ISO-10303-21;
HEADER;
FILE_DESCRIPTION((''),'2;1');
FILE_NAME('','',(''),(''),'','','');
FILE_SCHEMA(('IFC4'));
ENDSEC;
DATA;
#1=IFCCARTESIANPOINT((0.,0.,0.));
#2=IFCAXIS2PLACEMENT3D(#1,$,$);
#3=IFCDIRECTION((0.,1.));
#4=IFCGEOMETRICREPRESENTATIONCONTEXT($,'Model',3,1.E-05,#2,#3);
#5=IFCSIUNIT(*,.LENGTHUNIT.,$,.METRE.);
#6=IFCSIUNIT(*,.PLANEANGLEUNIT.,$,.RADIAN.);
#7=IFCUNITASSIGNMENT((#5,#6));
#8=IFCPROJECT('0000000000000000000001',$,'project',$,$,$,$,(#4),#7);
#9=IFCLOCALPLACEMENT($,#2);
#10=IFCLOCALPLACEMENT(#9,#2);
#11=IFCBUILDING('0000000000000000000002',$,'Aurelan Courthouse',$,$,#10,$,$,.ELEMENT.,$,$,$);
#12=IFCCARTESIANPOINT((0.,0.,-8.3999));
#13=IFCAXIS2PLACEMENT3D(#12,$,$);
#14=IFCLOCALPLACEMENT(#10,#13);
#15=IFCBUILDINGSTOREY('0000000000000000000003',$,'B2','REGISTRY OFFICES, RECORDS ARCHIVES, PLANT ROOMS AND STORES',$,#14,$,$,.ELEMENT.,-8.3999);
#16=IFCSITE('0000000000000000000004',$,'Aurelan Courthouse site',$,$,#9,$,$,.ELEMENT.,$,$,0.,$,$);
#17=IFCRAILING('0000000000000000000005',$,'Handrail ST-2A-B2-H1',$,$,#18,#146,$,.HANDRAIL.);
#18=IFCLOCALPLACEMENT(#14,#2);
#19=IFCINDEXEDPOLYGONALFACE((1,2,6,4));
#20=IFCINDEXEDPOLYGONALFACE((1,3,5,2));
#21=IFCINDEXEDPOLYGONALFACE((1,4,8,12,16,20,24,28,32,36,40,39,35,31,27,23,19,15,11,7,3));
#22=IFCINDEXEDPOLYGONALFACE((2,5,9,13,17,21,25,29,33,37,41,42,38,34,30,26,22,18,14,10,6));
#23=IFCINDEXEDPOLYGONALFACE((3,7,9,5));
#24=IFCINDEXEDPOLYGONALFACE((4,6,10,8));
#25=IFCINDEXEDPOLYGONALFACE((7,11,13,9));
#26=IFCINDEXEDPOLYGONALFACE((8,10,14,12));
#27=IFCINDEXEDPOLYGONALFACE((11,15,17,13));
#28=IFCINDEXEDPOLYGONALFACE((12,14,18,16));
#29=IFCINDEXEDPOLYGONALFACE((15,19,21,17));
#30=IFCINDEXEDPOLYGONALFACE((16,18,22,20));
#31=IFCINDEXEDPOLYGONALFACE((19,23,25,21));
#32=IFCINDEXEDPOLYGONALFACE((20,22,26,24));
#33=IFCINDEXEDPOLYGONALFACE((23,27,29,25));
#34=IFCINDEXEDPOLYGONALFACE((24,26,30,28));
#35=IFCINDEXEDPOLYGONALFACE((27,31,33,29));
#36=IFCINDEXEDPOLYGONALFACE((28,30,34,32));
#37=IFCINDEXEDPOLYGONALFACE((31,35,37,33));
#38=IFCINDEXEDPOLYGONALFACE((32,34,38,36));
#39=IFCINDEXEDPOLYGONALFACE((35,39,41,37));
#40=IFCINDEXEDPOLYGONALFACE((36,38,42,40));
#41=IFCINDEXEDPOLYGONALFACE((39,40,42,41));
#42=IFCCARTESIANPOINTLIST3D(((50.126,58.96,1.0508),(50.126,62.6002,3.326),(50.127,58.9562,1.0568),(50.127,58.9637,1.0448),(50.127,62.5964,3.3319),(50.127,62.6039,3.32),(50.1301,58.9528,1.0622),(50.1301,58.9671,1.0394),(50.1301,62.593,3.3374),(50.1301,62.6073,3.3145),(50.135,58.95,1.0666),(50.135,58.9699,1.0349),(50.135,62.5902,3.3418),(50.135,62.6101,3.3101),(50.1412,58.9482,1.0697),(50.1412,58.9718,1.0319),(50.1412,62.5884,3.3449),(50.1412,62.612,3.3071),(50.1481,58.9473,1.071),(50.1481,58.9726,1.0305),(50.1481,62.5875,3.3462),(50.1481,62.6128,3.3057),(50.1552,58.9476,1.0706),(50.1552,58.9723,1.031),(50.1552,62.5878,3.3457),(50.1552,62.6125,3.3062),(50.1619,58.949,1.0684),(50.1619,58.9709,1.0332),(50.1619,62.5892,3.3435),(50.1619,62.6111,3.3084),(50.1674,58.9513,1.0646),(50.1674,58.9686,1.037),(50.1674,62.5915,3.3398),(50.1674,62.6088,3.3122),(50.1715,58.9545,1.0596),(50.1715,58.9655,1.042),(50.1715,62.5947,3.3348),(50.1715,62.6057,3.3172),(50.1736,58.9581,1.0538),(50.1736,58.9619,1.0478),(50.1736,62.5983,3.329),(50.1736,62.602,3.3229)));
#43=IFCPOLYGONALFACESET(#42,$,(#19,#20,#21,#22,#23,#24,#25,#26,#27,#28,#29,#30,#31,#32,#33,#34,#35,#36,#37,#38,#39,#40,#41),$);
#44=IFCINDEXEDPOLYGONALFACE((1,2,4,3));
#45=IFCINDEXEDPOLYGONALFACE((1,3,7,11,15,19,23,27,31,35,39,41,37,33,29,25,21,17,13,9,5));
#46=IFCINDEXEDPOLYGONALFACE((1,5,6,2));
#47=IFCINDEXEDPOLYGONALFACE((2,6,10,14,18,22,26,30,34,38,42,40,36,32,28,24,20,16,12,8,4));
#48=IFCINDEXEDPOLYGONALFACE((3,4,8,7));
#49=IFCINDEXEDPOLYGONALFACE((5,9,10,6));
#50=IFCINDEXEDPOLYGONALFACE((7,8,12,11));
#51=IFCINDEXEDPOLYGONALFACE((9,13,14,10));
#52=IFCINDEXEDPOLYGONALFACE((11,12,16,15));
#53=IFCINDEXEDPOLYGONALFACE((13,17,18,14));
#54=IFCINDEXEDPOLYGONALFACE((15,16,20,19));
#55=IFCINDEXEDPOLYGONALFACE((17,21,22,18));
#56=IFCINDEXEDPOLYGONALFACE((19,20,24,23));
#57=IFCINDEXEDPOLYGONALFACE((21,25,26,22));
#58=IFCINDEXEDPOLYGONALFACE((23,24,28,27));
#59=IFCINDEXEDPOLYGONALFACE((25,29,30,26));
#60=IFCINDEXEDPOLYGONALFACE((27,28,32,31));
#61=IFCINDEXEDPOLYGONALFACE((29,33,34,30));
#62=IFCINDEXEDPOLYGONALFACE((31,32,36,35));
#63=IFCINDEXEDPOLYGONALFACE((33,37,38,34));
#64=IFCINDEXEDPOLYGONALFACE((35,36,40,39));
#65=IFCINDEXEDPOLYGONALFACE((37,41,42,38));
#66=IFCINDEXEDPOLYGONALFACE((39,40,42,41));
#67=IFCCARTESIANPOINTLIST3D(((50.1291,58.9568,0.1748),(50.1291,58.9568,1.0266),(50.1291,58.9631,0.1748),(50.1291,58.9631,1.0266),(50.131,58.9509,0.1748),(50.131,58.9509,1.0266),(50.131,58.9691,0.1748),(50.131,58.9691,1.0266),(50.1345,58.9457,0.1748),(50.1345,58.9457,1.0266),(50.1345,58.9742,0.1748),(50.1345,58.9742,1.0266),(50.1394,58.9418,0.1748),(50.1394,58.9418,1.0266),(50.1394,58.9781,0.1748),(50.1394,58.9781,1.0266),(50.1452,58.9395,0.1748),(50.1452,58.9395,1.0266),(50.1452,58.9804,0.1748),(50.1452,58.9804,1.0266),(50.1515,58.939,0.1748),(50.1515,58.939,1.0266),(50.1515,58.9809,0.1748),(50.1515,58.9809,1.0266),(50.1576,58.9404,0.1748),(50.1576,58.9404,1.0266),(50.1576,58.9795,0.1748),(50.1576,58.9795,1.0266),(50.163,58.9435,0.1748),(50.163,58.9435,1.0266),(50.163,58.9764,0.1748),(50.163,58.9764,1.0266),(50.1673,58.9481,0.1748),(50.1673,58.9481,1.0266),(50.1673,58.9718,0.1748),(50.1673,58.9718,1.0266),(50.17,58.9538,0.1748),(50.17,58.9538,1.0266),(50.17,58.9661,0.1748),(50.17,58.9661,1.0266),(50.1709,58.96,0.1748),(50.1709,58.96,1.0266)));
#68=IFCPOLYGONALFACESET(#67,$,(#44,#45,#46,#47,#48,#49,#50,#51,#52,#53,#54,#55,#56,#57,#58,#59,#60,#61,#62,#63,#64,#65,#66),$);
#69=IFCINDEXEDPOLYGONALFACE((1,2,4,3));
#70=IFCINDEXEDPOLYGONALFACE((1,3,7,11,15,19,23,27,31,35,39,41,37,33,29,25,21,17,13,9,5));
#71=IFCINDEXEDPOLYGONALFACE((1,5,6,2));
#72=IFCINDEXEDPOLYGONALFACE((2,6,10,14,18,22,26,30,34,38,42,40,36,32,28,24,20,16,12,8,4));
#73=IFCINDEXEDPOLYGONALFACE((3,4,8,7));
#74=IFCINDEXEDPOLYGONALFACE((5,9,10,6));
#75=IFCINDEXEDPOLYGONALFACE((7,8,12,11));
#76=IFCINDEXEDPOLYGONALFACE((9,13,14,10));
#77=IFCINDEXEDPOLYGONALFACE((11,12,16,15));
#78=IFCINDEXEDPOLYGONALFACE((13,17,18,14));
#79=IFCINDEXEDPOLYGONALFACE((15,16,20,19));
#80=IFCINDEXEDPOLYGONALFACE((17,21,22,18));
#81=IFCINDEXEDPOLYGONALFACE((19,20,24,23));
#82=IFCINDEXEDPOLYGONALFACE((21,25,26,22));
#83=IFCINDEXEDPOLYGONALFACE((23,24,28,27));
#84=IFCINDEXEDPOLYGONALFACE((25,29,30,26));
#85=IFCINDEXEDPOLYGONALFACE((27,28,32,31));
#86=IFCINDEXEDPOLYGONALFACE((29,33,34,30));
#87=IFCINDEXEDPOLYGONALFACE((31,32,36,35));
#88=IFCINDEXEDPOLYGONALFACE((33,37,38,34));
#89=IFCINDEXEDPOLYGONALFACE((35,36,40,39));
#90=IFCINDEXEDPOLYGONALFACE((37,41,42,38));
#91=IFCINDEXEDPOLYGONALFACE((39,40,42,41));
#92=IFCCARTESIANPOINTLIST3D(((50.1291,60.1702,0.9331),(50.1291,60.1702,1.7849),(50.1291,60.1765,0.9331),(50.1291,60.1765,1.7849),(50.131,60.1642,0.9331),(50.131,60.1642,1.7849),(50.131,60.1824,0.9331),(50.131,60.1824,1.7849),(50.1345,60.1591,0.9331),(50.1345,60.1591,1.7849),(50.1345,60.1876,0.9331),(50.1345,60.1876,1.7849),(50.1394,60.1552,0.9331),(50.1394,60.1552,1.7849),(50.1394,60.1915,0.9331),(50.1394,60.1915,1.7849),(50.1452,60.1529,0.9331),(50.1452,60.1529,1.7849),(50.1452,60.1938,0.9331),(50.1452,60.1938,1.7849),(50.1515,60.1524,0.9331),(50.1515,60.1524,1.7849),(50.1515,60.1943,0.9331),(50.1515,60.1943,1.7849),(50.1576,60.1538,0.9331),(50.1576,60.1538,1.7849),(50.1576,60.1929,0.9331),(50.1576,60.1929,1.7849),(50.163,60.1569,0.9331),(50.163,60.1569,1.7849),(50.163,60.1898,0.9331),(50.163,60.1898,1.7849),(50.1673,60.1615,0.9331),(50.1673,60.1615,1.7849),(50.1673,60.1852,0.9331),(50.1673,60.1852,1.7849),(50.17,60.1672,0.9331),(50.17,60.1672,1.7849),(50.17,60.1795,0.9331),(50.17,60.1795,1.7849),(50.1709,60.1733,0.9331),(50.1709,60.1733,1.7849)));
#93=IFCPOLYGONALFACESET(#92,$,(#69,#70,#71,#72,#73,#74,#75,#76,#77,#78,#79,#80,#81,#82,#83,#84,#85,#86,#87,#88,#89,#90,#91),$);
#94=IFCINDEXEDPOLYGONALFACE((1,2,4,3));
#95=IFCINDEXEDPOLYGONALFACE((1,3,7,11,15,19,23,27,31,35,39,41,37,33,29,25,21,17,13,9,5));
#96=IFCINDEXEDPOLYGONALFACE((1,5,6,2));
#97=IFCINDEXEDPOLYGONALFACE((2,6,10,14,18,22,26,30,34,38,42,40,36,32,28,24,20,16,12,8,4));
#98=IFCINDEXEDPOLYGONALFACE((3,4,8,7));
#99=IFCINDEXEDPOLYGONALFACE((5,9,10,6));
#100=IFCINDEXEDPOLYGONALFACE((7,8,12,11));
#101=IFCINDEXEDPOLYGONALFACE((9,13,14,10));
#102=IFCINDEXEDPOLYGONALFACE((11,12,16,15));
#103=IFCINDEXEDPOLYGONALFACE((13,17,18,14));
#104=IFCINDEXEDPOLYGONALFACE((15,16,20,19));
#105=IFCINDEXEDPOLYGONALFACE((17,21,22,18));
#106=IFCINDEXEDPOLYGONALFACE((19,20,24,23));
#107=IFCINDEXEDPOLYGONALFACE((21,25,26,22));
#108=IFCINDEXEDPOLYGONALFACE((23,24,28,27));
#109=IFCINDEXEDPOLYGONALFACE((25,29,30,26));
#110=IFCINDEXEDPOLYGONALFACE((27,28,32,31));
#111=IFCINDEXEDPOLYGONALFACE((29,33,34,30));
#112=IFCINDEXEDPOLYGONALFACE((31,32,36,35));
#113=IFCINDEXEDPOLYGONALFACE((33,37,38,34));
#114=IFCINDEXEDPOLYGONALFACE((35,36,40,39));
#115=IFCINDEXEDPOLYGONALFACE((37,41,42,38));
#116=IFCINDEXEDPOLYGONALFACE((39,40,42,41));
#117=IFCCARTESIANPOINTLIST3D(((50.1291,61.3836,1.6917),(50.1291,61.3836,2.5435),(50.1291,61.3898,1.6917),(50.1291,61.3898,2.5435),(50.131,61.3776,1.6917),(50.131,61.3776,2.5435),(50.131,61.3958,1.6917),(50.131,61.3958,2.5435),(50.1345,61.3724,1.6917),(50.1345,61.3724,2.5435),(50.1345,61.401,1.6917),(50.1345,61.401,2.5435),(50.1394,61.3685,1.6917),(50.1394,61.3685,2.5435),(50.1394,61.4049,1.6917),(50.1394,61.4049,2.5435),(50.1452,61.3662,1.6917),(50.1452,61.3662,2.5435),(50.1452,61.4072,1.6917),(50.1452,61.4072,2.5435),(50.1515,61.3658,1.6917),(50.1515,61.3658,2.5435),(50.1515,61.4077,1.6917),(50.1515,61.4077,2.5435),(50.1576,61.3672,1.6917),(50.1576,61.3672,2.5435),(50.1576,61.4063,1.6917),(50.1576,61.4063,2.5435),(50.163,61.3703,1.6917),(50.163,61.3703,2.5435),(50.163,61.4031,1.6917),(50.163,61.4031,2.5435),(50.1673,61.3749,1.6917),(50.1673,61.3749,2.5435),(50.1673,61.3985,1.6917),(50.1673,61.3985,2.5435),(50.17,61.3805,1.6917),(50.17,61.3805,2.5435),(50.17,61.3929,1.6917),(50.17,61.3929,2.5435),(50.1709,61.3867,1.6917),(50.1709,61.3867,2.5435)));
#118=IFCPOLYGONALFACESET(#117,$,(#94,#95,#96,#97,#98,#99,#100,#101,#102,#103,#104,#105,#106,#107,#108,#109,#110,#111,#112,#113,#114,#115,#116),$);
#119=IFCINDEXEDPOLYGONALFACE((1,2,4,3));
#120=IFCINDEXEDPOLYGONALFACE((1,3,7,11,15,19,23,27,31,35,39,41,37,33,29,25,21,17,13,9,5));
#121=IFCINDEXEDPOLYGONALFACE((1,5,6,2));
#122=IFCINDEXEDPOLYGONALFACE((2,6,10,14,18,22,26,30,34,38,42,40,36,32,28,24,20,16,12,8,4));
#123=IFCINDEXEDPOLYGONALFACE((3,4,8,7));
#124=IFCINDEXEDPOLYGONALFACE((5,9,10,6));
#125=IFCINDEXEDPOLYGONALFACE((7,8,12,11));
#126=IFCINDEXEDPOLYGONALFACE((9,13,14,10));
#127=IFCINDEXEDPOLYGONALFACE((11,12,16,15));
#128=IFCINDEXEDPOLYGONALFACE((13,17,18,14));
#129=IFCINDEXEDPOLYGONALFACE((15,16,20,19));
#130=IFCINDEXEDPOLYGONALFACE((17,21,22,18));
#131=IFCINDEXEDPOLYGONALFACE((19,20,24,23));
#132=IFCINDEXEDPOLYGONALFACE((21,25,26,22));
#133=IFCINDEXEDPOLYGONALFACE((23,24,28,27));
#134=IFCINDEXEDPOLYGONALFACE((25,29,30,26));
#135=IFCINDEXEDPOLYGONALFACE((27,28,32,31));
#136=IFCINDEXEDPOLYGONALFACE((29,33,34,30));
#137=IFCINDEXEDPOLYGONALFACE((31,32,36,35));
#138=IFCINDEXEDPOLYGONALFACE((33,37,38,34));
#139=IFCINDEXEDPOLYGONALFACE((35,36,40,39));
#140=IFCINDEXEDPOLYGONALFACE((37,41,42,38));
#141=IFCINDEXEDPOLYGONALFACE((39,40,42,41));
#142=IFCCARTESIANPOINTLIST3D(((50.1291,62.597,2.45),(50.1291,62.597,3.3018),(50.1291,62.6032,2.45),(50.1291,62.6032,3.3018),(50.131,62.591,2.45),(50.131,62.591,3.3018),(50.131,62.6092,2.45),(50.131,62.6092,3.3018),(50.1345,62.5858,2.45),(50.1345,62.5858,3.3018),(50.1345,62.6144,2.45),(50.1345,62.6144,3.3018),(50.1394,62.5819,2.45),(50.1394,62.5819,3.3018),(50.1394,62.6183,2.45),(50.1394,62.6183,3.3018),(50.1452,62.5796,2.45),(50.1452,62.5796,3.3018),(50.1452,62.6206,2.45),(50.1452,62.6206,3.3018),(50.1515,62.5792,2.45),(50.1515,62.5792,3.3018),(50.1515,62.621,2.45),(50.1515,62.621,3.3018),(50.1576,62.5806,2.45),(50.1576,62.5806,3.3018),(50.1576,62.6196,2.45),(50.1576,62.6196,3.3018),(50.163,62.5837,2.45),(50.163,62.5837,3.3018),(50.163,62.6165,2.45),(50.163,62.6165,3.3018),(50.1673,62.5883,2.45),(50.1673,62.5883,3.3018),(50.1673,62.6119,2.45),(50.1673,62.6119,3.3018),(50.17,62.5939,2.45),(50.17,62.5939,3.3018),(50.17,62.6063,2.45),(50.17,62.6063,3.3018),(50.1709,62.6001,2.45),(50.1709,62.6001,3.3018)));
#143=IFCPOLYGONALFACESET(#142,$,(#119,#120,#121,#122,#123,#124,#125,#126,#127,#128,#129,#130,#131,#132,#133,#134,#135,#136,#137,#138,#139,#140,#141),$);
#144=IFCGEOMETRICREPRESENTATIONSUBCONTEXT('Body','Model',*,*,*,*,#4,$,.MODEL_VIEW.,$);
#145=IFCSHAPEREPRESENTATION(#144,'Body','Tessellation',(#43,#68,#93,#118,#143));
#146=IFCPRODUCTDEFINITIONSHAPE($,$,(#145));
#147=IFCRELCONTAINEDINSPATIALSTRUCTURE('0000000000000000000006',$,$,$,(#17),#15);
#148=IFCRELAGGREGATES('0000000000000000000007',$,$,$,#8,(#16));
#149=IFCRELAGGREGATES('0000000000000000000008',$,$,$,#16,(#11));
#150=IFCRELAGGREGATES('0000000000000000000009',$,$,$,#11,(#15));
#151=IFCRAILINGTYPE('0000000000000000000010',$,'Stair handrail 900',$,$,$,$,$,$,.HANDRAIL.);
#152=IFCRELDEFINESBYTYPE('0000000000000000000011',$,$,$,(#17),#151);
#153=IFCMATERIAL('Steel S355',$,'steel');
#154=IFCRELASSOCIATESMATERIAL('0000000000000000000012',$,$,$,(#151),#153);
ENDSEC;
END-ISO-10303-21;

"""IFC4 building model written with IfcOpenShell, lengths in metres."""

from ifc_helpers import new_model, si_unit, direction, frame, origin, origin_2d, place, context, subcontext, project, spatial, circle, extrude, material, type_object, element, save


model = new_model("IFC4")

# Units and contexts
model_context = context("Model", 3, precision=1e-05, world=origin(), true_north=direction((0.0, 1.0)))
body_context = subcontext(model_context, "Body", "Model", "MODEL_VIEW")
ifc_project = project(units=[si_unit("LENGTHUNIT", "METRE"), si_unit("PLANEANGLEUNIT", "RADIAN")], contexts=[model_context])

# Site, building, storey
site_placement = place(None, origin())
site = spatial("IfcSite", under=ifc_project, at=site_placement, Name="Aurelan Courthouse site", CompositionType="ELEMENT", RefElevation=0.0)
building_placement = place(site_placement, origin())
building = spatial("IfcBuilding", under=site, at=building_placement, Name="Aurelan Courthouse", CompositionType="ELEMENT")
storey_placement = place(building_placement, frame((0.0, 0.0, -8.3999)))
storey = spatial("IfcBuildingStorey", under=building, at=storey_placement, Name="B2", Description="REGISTRY OFFICES, RECORDS ARCHIVES, PLANT ROOMS AND STORES", CompositionType="ELEMENT", Elevation=-8.3999)

# Railing
ifc_material_1 = material(Name="Steel S355", Category="steel")
railing_type_1 = type_object("IfcRailingType", Name="Stair handrail 900", PredefinedType="HANDRAIL", material=ifc_material_1)
for number, where, name in (
    (1, (50.1499, 58.96, 0.1748), "Handrail ST-2A-B2-H1"),
):
    element("IfcRailing", number, at=place(storey_placement, frame(where)), inside=storey, type_object=railing_type_1, Name=name, PredefinedType="HANDRAIL", context=body_context, shape_type="SweptSolid", body=[
        extrude(circle(Radius=0.0239, at=origin_2d()), frame((0.0, 0.0, 0.876), z_axis=(0.0, 0.847992, 0.530009), x_axis=(-1.0, 0.0, 0.0)), (0.0, 0.0, 1.0), 4.2927),
        extrude(circle(Radius=0.021, at=origin_2d()), origin(), (0.0, 0.0, 1.0), 0.8518),
        extrude(circle(Radius=0.021, at=origin_2d()), frame((0.0, 1.2134, 0.7583)), (0.0, 0.0, 1.0), 0.8518),
        extrude(circle(Radius=0.021, at=origin_2d()), frame((0.0, 2.4268, 1.5168)), (0.0, 0.0, 1.0), 0.8518),
        extrude(circle(Radius=0.021, at=origin_2d()), frame((0.0, 3.6401, 2.2751)), (0.0, 0.0, 1.0), 0.8518),
    ])

save(model, "model.ifc")
